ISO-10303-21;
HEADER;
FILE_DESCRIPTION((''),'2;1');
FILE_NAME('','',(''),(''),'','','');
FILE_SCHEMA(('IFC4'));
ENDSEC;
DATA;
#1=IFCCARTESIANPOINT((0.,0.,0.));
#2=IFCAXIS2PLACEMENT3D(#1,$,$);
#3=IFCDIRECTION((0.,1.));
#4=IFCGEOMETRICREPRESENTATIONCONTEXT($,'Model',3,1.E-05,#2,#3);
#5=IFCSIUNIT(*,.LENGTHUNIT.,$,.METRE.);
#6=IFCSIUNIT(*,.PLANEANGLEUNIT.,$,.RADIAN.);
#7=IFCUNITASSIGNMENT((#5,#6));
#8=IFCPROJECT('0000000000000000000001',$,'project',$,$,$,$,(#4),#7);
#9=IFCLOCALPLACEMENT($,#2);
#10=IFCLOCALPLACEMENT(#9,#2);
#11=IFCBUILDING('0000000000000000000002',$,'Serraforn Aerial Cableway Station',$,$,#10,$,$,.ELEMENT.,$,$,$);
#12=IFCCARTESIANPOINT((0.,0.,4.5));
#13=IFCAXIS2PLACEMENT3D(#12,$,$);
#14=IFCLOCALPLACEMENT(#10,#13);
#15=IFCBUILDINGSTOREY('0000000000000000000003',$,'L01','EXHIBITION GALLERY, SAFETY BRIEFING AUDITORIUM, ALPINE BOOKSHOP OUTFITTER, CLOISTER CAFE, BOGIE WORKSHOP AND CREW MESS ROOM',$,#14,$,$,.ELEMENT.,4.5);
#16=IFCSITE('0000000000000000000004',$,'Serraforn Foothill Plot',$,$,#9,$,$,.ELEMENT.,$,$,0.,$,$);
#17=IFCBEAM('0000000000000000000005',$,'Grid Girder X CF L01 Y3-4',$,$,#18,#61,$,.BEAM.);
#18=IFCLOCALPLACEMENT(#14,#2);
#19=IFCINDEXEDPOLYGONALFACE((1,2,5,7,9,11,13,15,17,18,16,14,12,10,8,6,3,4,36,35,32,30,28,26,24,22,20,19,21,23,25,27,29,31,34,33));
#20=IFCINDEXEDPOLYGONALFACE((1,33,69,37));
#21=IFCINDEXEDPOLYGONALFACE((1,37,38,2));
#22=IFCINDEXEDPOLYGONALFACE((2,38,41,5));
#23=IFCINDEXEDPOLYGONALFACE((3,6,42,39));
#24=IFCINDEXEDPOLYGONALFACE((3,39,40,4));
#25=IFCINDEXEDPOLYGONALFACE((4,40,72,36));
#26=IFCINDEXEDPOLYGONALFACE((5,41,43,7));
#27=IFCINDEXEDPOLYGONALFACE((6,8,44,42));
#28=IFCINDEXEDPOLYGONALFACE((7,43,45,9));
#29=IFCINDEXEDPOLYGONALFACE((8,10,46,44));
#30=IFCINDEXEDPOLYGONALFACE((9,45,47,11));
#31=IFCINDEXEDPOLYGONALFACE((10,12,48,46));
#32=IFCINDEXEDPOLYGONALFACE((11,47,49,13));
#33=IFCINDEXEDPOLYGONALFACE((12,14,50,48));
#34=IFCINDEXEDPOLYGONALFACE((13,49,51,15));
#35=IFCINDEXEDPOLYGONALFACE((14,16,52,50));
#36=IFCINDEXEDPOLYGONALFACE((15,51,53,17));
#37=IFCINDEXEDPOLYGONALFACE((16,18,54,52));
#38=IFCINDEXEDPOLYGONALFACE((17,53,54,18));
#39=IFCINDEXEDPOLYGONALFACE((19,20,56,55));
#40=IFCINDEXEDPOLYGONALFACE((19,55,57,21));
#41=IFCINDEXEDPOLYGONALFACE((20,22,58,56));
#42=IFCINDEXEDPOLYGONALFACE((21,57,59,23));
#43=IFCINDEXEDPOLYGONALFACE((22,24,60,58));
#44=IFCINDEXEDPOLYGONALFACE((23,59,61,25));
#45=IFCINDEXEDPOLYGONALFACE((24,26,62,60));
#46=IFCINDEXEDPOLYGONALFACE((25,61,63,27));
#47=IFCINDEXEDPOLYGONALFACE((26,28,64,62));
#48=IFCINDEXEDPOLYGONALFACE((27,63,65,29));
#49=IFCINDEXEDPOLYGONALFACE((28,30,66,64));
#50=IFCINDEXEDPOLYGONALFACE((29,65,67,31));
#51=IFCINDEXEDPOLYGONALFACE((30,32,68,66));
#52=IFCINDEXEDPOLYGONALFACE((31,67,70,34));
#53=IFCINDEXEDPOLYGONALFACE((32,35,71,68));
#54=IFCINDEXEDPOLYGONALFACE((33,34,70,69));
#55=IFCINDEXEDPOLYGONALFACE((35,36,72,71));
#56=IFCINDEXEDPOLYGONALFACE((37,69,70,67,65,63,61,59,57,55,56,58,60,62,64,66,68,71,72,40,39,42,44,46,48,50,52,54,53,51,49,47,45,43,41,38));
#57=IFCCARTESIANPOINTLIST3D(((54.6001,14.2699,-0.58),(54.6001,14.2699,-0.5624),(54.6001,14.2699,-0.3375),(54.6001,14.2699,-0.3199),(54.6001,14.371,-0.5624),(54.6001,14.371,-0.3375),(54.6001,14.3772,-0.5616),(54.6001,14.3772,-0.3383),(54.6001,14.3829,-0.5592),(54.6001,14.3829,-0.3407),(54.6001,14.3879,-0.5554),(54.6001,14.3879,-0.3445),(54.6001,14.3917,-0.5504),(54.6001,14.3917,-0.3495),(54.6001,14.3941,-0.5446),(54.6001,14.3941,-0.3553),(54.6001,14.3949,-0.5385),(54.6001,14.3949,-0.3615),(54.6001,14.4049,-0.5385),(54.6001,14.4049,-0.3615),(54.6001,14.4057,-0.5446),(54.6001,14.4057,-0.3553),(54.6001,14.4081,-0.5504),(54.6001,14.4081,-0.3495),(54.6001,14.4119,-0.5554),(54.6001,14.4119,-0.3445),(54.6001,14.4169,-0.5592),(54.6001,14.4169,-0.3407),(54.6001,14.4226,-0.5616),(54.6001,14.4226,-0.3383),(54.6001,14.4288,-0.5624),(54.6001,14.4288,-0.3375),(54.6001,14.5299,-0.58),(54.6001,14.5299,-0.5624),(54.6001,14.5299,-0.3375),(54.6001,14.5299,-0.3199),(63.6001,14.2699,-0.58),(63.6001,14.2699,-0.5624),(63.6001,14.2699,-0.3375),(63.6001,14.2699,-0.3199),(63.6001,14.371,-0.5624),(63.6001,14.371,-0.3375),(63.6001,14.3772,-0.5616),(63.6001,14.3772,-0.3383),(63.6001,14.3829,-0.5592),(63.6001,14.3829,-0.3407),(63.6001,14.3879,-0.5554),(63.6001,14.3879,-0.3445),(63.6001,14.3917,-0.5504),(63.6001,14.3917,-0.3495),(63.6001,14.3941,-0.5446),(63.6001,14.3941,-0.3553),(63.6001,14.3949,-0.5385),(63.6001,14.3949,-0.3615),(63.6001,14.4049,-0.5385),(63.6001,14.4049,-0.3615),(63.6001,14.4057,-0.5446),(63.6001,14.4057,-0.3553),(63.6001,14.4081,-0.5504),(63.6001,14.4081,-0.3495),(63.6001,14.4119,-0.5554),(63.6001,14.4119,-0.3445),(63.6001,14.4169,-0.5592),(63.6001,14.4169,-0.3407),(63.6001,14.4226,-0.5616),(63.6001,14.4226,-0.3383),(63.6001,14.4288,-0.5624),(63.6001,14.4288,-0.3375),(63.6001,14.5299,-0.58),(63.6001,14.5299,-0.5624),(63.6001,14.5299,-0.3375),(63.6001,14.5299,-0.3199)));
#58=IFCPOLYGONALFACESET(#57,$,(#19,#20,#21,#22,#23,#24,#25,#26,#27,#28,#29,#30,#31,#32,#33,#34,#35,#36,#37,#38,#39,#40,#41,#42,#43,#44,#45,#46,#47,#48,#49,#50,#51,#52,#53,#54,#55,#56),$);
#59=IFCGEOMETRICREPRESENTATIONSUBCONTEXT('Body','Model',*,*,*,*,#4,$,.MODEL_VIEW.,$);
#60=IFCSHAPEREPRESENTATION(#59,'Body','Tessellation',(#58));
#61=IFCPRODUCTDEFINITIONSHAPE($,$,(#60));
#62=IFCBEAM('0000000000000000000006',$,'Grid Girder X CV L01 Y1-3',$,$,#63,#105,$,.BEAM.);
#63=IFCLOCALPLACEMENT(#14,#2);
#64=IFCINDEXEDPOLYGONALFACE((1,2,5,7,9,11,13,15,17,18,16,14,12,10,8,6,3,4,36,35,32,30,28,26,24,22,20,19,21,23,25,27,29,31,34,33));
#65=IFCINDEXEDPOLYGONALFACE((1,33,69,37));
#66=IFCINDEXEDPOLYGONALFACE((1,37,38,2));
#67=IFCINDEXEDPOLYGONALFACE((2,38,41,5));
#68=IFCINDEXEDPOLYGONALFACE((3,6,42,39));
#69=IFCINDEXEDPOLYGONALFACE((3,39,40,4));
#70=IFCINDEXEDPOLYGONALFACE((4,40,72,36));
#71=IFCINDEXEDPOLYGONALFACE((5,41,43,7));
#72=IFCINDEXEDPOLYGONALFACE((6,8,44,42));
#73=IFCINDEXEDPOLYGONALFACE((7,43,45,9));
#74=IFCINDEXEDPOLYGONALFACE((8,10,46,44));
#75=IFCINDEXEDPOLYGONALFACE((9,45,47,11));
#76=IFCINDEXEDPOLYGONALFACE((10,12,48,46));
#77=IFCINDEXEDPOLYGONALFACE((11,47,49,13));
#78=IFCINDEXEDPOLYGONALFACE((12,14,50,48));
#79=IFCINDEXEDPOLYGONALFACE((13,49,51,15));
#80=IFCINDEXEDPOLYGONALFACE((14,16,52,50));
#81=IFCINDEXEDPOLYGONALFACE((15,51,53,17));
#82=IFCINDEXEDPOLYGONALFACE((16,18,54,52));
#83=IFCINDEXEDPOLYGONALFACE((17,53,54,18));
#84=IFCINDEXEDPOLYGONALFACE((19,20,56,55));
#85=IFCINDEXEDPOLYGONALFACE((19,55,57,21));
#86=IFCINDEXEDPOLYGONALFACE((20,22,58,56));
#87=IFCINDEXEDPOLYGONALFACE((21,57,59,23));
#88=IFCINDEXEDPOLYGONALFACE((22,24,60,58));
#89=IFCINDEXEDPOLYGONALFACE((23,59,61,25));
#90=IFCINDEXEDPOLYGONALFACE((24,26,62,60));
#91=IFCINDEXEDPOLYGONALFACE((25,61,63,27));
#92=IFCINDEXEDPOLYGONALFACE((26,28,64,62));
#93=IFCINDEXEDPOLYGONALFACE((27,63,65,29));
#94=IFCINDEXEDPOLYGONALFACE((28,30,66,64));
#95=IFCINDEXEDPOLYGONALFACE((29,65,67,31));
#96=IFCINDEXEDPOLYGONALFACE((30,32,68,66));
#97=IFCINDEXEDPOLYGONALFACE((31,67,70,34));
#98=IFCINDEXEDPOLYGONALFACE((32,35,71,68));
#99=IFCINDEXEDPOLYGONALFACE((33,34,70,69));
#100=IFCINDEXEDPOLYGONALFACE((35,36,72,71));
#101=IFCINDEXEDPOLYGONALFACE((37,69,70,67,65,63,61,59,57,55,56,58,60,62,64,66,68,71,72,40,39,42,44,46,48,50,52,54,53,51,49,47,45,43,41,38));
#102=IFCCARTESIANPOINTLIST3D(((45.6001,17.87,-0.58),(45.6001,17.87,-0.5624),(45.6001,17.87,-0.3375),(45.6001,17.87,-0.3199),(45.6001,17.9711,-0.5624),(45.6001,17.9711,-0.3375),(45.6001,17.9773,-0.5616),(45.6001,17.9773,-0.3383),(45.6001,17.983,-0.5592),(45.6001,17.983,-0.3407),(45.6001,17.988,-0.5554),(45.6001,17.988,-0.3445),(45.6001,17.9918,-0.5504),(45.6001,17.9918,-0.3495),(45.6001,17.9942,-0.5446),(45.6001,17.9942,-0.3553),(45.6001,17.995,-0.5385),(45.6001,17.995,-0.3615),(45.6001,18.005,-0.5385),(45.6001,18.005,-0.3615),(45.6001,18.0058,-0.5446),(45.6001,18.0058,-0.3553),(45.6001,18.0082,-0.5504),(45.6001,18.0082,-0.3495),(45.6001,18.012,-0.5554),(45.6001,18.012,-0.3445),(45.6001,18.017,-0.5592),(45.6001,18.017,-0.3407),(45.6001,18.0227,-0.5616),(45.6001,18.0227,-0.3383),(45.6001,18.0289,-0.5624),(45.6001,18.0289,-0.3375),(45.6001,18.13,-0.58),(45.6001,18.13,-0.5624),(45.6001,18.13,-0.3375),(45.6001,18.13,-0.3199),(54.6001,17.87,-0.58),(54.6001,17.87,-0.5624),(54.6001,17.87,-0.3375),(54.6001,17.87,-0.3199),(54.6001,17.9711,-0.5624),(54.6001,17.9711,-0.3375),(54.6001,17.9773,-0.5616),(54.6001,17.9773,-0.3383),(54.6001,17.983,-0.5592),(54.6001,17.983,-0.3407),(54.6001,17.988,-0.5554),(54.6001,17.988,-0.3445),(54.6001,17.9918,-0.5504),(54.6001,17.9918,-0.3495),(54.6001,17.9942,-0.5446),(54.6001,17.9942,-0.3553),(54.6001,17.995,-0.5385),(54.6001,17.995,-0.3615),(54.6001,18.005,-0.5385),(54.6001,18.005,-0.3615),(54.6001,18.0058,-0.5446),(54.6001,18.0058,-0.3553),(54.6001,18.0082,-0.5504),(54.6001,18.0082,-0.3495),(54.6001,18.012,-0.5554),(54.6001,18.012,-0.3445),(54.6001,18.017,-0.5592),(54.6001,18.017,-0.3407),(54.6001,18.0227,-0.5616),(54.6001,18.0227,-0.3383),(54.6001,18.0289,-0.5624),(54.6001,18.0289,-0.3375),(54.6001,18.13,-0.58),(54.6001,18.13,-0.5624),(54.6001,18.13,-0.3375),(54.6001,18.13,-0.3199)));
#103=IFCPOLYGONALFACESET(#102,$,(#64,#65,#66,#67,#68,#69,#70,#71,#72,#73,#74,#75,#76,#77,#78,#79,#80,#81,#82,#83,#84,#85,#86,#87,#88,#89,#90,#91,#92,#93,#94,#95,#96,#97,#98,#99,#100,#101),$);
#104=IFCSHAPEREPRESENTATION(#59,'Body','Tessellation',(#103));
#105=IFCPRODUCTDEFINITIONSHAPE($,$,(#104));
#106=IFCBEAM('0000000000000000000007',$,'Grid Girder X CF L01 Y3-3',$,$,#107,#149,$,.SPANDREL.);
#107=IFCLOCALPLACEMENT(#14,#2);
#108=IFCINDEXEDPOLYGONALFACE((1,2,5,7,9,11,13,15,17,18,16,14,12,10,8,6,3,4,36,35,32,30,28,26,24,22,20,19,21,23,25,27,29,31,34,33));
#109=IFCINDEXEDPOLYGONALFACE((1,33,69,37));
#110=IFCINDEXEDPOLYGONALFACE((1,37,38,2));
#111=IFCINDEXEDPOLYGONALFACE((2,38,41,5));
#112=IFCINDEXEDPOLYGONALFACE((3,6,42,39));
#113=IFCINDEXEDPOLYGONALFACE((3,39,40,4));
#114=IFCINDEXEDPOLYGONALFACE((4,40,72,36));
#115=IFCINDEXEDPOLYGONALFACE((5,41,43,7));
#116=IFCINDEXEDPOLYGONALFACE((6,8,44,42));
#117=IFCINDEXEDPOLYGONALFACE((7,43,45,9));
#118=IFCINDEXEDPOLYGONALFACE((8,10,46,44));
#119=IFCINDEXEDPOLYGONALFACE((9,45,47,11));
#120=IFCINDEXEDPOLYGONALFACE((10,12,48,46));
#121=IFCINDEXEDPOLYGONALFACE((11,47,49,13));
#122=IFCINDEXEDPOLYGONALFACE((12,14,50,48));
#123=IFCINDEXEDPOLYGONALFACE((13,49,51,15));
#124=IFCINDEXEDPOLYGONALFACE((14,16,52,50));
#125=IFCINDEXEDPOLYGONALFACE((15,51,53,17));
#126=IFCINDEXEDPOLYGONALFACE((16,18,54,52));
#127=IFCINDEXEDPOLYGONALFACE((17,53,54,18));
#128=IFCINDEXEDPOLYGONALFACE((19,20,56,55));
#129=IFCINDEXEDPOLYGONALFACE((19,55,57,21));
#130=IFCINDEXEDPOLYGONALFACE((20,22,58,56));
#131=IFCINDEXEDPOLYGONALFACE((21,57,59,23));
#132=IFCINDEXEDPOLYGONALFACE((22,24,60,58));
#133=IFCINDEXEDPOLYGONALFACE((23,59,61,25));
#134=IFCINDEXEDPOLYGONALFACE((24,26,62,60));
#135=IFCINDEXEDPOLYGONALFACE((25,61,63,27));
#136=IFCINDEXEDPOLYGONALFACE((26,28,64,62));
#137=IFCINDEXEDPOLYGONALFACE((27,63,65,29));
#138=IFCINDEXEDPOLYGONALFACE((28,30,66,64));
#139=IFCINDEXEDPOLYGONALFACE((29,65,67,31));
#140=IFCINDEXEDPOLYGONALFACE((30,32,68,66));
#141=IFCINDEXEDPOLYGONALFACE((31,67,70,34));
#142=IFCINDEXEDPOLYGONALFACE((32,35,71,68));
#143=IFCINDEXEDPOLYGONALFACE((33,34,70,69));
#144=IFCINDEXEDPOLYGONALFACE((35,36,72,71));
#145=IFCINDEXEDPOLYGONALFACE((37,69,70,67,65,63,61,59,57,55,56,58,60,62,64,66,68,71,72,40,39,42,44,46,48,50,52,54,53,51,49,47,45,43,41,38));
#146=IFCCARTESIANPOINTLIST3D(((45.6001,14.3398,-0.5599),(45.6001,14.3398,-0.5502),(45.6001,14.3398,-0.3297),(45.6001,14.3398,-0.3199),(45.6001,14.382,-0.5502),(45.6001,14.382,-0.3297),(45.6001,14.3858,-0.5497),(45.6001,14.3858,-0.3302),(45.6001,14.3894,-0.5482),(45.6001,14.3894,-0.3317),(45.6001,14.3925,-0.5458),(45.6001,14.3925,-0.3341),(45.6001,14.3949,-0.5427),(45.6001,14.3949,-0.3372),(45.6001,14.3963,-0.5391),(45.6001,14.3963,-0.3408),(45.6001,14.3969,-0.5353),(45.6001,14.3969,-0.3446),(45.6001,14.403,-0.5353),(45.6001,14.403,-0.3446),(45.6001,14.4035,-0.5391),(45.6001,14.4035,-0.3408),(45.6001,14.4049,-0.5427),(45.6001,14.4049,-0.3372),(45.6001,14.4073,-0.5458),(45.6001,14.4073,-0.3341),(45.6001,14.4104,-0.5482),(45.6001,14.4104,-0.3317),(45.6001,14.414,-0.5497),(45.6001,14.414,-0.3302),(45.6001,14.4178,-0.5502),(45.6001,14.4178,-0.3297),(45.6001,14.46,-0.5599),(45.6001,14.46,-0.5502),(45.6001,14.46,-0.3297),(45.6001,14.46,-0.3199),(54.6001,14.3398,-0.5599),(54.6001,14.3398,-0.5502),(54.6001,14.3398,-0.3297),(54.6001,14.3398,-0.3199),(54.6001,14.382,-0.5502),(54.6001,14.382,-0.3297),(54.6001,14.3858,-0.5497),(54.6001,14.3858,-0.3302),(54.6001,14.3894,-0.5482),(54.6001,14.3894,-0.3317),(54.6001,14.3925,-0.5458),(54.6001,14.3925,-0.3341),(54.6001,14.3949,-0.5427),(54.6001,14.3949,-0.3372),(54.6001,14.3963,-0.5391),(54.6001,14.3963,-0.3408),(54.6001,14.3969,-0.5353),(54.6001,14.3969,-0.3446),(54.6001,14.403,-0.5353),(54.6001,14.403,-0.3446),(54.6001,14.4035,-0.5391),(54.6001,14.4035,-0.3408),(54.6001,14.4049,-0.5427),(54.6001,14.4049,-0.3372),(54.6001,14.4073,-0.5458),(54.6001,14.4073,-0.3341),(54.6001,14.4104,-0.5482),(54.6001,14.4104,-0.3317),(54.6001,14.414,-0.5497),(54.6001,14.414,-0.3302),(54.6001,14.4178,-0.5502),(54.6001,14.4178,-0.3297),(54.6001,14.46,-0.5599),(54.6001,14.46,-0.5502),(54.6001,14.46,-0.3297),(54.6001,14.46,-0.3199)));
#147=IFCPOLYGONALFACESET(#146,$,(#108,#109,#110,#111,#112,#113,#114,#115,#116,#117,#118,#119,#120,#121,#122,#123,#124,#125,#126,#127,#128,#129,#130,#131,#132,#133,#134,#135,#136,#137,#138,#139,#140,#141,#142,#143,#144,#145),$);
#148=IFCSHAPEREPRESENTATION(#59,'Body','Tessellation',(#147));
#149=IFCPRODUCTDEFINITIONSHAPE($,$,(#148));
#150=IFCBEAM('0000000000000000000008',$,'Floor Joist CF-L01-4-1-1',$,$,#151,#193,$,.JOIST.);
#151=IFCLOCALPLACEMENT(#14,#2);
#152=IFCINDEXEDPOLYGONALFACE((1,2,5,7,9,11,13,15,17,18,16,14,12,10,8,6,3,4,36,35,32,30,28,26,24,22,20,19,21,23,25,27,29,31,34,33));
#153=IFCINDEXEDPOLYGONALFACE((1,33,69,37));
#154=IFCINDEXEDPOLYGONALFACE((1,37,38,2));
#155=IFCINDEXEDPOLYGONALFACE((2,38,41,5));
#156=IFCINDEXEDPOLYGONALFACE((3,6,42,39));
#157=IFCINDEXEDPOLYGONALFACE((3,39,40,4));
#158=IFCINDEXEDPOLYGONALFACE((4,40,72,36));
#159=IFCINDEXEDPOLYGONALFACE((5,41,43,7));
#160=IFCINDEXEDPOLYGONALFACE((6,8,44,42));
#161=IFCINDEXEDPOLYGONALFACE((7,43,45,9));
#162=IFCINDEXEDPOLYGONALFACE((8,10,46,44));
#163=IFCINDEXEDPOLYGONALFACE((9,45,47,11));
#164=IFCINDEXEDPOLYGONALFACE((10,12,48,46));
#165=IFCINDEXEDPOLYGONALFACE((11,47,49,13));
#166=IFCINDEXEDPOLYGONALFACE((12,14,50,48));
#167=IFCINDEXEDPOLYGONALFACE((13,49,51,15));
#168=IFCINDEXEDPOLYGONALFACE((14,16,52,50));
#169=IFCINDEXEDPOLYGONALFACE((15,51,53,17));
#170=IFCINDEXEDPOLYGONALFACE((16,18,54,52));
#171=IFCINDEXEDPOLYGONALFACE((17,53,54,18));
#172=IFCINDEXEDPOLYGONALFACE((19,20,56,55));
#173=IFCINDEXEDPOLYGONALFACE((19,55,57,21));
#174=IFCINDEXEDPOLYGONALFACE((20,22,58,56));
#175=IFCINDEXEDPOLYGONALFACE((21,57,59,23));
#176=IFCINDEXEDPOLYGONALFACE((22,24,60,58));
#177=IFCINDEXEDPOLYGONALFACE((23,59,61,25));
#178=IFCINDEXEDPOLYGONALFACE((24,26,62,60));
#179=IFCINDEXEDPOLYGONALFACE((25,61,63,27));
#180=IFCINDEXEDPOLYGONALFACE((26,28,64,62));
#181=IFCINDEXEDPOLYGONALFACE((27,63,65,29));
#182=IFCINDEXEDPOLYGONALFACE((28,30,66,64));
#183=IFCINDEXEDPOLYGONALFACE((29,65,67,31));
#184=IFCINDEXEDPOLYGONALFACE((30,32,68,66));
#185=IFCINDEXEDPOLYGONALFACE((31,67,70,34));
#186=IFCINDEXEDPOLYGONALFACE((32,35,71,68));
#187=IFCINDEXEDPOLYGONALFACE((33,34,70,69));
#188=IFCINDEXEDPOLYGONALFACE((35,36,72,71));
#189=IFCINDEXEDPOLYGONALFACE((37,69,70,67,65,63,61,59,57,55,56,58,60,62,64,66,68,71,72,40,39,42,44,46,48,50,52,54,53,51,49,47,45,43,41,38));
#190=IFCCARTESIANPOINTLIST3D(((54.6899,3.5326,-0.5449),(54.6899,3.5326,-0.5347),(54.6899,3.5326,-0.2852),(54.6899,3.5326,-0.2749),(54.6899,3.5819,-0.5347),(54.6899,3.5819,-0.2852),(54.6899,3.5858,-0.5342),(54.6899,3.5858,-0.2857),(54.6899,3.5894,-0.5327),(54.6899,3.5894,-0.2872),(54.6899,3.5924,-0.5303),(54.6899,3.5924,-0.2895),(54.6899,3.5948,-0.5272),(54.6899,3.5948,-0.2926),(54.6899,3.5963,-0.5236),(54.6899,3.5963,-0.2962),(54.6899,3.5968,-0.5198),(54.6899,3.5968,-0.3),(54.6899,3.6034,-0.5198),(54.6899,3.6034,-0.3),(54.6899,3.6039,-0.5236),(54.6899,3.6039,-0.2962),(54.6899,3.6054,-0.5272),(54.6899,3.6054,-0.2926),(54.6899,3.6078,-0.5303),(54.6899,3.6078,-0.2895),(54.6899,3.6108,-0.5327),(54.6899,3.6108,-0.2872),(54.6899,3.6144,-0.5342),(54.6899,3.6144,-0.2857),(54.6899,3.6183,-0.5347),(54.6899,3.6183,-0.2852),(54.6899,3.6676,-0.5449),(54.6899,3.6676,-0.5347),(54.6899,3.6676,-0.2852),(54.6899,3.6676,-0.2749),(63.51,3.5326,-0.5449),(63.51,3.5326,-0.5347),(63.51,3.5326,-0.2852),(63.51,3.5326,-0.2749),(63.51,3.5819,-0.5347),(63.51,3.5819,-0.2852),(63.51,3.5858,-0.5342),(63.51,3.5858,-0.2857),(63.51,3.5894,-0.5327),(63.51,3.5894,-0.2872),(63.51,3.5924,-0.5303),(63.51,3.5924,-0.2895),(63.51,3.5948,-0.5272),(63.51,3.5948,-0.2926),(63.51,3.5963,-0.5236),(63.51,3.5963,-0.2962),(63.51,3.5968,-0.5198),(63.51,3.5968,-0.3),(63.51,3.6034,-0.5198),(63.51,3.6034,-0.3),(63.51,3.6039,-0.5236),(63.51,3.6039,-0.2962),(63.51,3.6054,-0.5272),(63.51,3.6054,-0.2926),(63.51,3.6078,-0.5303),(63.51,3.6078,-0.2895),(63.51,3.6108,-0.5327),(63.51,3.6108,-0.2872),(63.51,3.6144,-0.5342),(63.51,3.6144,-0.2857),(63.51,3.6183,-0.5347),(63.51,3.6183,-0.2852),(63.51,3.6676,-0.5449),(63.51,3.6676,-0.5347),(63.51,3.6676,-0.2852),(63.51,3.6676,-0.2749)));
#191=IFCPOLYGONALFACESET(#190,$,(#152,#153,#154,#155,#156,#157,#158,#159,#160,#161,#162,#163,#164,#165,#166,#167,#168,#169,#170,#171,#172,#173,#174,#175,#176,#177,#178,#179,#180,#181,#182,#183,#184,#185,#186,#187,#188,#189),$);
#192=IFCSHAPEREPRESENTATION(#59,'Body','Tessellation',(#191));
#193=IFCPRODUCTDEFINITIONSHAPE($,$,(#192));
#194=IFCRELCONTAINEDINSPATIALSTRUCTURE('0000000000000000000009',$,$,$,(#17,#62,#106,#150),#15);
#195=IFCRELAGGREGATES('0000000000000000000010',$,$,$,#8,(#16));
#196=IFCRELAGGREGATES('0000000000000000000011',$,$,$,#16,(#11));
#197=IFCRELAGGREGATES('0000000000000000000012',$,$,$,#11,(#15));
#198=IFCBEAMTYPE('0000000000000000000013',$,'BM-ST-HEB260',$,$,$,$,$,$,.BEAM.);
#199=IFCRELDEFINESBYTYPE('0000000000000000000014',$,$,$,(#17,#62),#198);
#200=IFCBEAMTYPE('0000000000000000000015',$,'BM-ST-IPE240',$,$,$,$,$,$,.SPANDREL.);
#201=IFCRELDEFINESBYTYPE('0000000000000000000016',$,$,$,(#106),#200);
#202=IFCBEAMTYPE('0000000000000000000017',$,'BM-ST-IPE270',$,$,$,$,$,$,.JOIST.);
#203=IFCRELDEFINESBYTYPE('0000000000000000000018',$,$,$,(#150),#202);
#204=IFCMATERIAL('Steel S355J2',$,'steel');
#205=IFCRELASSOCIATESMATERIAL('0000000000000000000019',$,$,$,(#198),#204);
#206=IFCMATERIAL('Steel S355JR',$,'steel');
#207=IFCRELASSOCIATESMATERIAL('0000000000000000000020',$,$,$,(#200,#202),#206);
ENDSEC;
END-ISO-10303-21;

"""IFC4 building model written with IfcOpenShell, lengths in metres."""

from ifc_helpers import new_model, si_unit, direction, frame, origin, origin_2d, place, context, subcontext, project, spatial, i_section, extrude, material, material_profile, profile_set, type_object, element, save


model = new_model("IFC4")

# Units and contexts
model_context = context("Model", 3, precision=1e-05, world=origin(), true_north=direction((0.0, 1.0)))
body_context = subcontext(model_context, "Body", "Model", "MODEL_VIEW")
ifc_project = project(units=[si_unit("LENGTHUNIT", "METRE"), si_unit("PLANEANGLEUNIT", "RADIAN")], contexts=[model_context])

# Site, building, storey
site_placement = place(None, origin())
site = spatial("IfcSite", under=ifc_project, at=site_placement, Name="Serraforn Foothill Plot", CompositionType="ELEMENT", RefElevation=0.0)
building_placement = place(site_placement, origin())
building = spatial("IfcBuilding", under=site, at=building_placement, Name="Serraforn Aerial Cableway Station", CompositionType="ELEMENT")
storey_placement = place(building_placement, frame((0.0, 0.0, 4.5)))
storey = spatial("IfcBuildingStorey", under=building, at=storey_placement, Name="L01", Description="EXHIBITION GALLERY, SAFETY BRIEFING AUDITORIUM, ALPINE BOOKSHOP OUTFITTER, CLOISTER CAFE, BOGIE WORKSHOP AND CREW MESS ROOM", CompositionType="ELEMENT", Elevation=4.5)

# Beams
ifc_material_1 = material(Name="Steel S355JR", Category="steel")
ifc_material_2 = material(Name="Steel S355J2", Category="steel")
ifc_material_profile_1 = material_profile(ifc_material_2, i_section(OverallWidth=0.26, OverallDepth=0.26, WebThickness=0.01, FlangeThickness=0.0176, FilletRadius=0.0239, at=origin_2d()), Name="HEB 260")
ifc_profile_set_1 = profile_set([ifc_material_profile_1], Name="Steel S355J2")
beam_type_1 = type_object("IfcBeamType", Name="BM-ST-HEB260", PredefinedType="BEAM", material=ifc_profile_set_1)
for number, where, z_axis, x_axis, name in (
    (1, (54.6001, 14.3999, -0.45), (1.0, 0.0, 0.0), (0.0, 1.0, 0.0), "Grid Girder X CF L01 Y3-4"),
    (2, (45.6001, 18.0, -0.45), (1.0, 0.0, 0.0), (0.0, 1.0, 0.0), "Grid Girder X CV L01 Y1-3"),
):
    element("IfcBeam", number, at=place(storey_placement, frame(where, z_axis=z_axis, x_axis=x_axis)), inside=storey, type_object=beam_type_1, Name=name, PredefinedType="BEAM", context=body_context, shape_type="SweptSolid", body=[
        extrude(i_section(OverallWidth=0.26, OverallDepth=0.26, WebThickness=0.01, FlangeThickness=0.0176, FilletRadius=0.0239, at=origin_2d()), origin(), (0.0, 0.0, 1.0), 9.0),
    ])
ifc_material_profile_2 = material_profile(ifc_material_1, i_section(OverallWidth=0.1201, OverallDepth=0.24, WebThickness=0.0061, FlangeThickness=0.0098, FilletRadius=0.0149, at=origin_2d()), Name="IPE 240")
ifc_profile_set_2 = profile_set([ifc_material_profile_2], Name="Steel S355JR")
beam_type_2 = type_object("IfcBeamType", Name="BM-ST-IPE240", PredefinedType="SPANDREL", material=ifc_profile_set_2)
beam_1_placement = place(storey_placement, frame((45.6001, 14.3999, -0.4399), z_axis=(1.0, 0.0, 0.0), x_axis=(0.0, 1.0, 0.0)))
element("IfcBeam", 3, at=beam_1_placement, inside=storey, type_object=beam_type_2, Name="Grid Girder X CF L01 Y3-3", PredefinedType="SPANDREL", context=body_context, shape_type="SweptSolid", body=[
    extrude(i_section(OverallWidth=0.1201, OverallDepth=0.24, WebThickness=0.0061, FlangeThickness=0.0098, FilletRadius=0.0149, at=origin_2d()), origin(), (0.0, 0.0, 1.0), 9.0),
])
ifc_material_profile_3 = material_profile(ifc_material_1, i_section(OverallWidth=0.135, OverallDepth=0.27, WebThickness=0.0066, FlangeThickness=0.0103, FilletRadius=0.0149, at=origin_2d()), Name="IPE 270")
ifc_profile_set_3 = profile_set([ifc_material_profile_3], Name="Steel S355JR")
beam_type_3 = type_object("IfcBeamType", Name="BM-ST-IPE270", PredefinedType="JOIST", material=ifc_profile_set_3)
beam_2_placement = place(storey_placement, frame((54.6899, 3.6001, -0.4099), z_axis=(1.0, 0.0, 0.0), x_axis=(0.0, 1.0, 0.0)))
element("IfcBeam", 4, at=beam_2_placement, inside=storey, type_object=beam_type_3, Name="Floor Joist CF-L01-4-1-1", PredefinedType="JOIST", context=body_context, shape_type="SweptSolid", body=[
    extrude(i_section(OverallWidth=0.135, OverallDepth=0.27, WebThickness=0.0066, FlangeThickness=0.0103, FilletRadius=0.0149, at=origin_2d()), origin(), (0.0, 0.0, 1.0), 8.8201),
])

save(model, "model.ifc")
